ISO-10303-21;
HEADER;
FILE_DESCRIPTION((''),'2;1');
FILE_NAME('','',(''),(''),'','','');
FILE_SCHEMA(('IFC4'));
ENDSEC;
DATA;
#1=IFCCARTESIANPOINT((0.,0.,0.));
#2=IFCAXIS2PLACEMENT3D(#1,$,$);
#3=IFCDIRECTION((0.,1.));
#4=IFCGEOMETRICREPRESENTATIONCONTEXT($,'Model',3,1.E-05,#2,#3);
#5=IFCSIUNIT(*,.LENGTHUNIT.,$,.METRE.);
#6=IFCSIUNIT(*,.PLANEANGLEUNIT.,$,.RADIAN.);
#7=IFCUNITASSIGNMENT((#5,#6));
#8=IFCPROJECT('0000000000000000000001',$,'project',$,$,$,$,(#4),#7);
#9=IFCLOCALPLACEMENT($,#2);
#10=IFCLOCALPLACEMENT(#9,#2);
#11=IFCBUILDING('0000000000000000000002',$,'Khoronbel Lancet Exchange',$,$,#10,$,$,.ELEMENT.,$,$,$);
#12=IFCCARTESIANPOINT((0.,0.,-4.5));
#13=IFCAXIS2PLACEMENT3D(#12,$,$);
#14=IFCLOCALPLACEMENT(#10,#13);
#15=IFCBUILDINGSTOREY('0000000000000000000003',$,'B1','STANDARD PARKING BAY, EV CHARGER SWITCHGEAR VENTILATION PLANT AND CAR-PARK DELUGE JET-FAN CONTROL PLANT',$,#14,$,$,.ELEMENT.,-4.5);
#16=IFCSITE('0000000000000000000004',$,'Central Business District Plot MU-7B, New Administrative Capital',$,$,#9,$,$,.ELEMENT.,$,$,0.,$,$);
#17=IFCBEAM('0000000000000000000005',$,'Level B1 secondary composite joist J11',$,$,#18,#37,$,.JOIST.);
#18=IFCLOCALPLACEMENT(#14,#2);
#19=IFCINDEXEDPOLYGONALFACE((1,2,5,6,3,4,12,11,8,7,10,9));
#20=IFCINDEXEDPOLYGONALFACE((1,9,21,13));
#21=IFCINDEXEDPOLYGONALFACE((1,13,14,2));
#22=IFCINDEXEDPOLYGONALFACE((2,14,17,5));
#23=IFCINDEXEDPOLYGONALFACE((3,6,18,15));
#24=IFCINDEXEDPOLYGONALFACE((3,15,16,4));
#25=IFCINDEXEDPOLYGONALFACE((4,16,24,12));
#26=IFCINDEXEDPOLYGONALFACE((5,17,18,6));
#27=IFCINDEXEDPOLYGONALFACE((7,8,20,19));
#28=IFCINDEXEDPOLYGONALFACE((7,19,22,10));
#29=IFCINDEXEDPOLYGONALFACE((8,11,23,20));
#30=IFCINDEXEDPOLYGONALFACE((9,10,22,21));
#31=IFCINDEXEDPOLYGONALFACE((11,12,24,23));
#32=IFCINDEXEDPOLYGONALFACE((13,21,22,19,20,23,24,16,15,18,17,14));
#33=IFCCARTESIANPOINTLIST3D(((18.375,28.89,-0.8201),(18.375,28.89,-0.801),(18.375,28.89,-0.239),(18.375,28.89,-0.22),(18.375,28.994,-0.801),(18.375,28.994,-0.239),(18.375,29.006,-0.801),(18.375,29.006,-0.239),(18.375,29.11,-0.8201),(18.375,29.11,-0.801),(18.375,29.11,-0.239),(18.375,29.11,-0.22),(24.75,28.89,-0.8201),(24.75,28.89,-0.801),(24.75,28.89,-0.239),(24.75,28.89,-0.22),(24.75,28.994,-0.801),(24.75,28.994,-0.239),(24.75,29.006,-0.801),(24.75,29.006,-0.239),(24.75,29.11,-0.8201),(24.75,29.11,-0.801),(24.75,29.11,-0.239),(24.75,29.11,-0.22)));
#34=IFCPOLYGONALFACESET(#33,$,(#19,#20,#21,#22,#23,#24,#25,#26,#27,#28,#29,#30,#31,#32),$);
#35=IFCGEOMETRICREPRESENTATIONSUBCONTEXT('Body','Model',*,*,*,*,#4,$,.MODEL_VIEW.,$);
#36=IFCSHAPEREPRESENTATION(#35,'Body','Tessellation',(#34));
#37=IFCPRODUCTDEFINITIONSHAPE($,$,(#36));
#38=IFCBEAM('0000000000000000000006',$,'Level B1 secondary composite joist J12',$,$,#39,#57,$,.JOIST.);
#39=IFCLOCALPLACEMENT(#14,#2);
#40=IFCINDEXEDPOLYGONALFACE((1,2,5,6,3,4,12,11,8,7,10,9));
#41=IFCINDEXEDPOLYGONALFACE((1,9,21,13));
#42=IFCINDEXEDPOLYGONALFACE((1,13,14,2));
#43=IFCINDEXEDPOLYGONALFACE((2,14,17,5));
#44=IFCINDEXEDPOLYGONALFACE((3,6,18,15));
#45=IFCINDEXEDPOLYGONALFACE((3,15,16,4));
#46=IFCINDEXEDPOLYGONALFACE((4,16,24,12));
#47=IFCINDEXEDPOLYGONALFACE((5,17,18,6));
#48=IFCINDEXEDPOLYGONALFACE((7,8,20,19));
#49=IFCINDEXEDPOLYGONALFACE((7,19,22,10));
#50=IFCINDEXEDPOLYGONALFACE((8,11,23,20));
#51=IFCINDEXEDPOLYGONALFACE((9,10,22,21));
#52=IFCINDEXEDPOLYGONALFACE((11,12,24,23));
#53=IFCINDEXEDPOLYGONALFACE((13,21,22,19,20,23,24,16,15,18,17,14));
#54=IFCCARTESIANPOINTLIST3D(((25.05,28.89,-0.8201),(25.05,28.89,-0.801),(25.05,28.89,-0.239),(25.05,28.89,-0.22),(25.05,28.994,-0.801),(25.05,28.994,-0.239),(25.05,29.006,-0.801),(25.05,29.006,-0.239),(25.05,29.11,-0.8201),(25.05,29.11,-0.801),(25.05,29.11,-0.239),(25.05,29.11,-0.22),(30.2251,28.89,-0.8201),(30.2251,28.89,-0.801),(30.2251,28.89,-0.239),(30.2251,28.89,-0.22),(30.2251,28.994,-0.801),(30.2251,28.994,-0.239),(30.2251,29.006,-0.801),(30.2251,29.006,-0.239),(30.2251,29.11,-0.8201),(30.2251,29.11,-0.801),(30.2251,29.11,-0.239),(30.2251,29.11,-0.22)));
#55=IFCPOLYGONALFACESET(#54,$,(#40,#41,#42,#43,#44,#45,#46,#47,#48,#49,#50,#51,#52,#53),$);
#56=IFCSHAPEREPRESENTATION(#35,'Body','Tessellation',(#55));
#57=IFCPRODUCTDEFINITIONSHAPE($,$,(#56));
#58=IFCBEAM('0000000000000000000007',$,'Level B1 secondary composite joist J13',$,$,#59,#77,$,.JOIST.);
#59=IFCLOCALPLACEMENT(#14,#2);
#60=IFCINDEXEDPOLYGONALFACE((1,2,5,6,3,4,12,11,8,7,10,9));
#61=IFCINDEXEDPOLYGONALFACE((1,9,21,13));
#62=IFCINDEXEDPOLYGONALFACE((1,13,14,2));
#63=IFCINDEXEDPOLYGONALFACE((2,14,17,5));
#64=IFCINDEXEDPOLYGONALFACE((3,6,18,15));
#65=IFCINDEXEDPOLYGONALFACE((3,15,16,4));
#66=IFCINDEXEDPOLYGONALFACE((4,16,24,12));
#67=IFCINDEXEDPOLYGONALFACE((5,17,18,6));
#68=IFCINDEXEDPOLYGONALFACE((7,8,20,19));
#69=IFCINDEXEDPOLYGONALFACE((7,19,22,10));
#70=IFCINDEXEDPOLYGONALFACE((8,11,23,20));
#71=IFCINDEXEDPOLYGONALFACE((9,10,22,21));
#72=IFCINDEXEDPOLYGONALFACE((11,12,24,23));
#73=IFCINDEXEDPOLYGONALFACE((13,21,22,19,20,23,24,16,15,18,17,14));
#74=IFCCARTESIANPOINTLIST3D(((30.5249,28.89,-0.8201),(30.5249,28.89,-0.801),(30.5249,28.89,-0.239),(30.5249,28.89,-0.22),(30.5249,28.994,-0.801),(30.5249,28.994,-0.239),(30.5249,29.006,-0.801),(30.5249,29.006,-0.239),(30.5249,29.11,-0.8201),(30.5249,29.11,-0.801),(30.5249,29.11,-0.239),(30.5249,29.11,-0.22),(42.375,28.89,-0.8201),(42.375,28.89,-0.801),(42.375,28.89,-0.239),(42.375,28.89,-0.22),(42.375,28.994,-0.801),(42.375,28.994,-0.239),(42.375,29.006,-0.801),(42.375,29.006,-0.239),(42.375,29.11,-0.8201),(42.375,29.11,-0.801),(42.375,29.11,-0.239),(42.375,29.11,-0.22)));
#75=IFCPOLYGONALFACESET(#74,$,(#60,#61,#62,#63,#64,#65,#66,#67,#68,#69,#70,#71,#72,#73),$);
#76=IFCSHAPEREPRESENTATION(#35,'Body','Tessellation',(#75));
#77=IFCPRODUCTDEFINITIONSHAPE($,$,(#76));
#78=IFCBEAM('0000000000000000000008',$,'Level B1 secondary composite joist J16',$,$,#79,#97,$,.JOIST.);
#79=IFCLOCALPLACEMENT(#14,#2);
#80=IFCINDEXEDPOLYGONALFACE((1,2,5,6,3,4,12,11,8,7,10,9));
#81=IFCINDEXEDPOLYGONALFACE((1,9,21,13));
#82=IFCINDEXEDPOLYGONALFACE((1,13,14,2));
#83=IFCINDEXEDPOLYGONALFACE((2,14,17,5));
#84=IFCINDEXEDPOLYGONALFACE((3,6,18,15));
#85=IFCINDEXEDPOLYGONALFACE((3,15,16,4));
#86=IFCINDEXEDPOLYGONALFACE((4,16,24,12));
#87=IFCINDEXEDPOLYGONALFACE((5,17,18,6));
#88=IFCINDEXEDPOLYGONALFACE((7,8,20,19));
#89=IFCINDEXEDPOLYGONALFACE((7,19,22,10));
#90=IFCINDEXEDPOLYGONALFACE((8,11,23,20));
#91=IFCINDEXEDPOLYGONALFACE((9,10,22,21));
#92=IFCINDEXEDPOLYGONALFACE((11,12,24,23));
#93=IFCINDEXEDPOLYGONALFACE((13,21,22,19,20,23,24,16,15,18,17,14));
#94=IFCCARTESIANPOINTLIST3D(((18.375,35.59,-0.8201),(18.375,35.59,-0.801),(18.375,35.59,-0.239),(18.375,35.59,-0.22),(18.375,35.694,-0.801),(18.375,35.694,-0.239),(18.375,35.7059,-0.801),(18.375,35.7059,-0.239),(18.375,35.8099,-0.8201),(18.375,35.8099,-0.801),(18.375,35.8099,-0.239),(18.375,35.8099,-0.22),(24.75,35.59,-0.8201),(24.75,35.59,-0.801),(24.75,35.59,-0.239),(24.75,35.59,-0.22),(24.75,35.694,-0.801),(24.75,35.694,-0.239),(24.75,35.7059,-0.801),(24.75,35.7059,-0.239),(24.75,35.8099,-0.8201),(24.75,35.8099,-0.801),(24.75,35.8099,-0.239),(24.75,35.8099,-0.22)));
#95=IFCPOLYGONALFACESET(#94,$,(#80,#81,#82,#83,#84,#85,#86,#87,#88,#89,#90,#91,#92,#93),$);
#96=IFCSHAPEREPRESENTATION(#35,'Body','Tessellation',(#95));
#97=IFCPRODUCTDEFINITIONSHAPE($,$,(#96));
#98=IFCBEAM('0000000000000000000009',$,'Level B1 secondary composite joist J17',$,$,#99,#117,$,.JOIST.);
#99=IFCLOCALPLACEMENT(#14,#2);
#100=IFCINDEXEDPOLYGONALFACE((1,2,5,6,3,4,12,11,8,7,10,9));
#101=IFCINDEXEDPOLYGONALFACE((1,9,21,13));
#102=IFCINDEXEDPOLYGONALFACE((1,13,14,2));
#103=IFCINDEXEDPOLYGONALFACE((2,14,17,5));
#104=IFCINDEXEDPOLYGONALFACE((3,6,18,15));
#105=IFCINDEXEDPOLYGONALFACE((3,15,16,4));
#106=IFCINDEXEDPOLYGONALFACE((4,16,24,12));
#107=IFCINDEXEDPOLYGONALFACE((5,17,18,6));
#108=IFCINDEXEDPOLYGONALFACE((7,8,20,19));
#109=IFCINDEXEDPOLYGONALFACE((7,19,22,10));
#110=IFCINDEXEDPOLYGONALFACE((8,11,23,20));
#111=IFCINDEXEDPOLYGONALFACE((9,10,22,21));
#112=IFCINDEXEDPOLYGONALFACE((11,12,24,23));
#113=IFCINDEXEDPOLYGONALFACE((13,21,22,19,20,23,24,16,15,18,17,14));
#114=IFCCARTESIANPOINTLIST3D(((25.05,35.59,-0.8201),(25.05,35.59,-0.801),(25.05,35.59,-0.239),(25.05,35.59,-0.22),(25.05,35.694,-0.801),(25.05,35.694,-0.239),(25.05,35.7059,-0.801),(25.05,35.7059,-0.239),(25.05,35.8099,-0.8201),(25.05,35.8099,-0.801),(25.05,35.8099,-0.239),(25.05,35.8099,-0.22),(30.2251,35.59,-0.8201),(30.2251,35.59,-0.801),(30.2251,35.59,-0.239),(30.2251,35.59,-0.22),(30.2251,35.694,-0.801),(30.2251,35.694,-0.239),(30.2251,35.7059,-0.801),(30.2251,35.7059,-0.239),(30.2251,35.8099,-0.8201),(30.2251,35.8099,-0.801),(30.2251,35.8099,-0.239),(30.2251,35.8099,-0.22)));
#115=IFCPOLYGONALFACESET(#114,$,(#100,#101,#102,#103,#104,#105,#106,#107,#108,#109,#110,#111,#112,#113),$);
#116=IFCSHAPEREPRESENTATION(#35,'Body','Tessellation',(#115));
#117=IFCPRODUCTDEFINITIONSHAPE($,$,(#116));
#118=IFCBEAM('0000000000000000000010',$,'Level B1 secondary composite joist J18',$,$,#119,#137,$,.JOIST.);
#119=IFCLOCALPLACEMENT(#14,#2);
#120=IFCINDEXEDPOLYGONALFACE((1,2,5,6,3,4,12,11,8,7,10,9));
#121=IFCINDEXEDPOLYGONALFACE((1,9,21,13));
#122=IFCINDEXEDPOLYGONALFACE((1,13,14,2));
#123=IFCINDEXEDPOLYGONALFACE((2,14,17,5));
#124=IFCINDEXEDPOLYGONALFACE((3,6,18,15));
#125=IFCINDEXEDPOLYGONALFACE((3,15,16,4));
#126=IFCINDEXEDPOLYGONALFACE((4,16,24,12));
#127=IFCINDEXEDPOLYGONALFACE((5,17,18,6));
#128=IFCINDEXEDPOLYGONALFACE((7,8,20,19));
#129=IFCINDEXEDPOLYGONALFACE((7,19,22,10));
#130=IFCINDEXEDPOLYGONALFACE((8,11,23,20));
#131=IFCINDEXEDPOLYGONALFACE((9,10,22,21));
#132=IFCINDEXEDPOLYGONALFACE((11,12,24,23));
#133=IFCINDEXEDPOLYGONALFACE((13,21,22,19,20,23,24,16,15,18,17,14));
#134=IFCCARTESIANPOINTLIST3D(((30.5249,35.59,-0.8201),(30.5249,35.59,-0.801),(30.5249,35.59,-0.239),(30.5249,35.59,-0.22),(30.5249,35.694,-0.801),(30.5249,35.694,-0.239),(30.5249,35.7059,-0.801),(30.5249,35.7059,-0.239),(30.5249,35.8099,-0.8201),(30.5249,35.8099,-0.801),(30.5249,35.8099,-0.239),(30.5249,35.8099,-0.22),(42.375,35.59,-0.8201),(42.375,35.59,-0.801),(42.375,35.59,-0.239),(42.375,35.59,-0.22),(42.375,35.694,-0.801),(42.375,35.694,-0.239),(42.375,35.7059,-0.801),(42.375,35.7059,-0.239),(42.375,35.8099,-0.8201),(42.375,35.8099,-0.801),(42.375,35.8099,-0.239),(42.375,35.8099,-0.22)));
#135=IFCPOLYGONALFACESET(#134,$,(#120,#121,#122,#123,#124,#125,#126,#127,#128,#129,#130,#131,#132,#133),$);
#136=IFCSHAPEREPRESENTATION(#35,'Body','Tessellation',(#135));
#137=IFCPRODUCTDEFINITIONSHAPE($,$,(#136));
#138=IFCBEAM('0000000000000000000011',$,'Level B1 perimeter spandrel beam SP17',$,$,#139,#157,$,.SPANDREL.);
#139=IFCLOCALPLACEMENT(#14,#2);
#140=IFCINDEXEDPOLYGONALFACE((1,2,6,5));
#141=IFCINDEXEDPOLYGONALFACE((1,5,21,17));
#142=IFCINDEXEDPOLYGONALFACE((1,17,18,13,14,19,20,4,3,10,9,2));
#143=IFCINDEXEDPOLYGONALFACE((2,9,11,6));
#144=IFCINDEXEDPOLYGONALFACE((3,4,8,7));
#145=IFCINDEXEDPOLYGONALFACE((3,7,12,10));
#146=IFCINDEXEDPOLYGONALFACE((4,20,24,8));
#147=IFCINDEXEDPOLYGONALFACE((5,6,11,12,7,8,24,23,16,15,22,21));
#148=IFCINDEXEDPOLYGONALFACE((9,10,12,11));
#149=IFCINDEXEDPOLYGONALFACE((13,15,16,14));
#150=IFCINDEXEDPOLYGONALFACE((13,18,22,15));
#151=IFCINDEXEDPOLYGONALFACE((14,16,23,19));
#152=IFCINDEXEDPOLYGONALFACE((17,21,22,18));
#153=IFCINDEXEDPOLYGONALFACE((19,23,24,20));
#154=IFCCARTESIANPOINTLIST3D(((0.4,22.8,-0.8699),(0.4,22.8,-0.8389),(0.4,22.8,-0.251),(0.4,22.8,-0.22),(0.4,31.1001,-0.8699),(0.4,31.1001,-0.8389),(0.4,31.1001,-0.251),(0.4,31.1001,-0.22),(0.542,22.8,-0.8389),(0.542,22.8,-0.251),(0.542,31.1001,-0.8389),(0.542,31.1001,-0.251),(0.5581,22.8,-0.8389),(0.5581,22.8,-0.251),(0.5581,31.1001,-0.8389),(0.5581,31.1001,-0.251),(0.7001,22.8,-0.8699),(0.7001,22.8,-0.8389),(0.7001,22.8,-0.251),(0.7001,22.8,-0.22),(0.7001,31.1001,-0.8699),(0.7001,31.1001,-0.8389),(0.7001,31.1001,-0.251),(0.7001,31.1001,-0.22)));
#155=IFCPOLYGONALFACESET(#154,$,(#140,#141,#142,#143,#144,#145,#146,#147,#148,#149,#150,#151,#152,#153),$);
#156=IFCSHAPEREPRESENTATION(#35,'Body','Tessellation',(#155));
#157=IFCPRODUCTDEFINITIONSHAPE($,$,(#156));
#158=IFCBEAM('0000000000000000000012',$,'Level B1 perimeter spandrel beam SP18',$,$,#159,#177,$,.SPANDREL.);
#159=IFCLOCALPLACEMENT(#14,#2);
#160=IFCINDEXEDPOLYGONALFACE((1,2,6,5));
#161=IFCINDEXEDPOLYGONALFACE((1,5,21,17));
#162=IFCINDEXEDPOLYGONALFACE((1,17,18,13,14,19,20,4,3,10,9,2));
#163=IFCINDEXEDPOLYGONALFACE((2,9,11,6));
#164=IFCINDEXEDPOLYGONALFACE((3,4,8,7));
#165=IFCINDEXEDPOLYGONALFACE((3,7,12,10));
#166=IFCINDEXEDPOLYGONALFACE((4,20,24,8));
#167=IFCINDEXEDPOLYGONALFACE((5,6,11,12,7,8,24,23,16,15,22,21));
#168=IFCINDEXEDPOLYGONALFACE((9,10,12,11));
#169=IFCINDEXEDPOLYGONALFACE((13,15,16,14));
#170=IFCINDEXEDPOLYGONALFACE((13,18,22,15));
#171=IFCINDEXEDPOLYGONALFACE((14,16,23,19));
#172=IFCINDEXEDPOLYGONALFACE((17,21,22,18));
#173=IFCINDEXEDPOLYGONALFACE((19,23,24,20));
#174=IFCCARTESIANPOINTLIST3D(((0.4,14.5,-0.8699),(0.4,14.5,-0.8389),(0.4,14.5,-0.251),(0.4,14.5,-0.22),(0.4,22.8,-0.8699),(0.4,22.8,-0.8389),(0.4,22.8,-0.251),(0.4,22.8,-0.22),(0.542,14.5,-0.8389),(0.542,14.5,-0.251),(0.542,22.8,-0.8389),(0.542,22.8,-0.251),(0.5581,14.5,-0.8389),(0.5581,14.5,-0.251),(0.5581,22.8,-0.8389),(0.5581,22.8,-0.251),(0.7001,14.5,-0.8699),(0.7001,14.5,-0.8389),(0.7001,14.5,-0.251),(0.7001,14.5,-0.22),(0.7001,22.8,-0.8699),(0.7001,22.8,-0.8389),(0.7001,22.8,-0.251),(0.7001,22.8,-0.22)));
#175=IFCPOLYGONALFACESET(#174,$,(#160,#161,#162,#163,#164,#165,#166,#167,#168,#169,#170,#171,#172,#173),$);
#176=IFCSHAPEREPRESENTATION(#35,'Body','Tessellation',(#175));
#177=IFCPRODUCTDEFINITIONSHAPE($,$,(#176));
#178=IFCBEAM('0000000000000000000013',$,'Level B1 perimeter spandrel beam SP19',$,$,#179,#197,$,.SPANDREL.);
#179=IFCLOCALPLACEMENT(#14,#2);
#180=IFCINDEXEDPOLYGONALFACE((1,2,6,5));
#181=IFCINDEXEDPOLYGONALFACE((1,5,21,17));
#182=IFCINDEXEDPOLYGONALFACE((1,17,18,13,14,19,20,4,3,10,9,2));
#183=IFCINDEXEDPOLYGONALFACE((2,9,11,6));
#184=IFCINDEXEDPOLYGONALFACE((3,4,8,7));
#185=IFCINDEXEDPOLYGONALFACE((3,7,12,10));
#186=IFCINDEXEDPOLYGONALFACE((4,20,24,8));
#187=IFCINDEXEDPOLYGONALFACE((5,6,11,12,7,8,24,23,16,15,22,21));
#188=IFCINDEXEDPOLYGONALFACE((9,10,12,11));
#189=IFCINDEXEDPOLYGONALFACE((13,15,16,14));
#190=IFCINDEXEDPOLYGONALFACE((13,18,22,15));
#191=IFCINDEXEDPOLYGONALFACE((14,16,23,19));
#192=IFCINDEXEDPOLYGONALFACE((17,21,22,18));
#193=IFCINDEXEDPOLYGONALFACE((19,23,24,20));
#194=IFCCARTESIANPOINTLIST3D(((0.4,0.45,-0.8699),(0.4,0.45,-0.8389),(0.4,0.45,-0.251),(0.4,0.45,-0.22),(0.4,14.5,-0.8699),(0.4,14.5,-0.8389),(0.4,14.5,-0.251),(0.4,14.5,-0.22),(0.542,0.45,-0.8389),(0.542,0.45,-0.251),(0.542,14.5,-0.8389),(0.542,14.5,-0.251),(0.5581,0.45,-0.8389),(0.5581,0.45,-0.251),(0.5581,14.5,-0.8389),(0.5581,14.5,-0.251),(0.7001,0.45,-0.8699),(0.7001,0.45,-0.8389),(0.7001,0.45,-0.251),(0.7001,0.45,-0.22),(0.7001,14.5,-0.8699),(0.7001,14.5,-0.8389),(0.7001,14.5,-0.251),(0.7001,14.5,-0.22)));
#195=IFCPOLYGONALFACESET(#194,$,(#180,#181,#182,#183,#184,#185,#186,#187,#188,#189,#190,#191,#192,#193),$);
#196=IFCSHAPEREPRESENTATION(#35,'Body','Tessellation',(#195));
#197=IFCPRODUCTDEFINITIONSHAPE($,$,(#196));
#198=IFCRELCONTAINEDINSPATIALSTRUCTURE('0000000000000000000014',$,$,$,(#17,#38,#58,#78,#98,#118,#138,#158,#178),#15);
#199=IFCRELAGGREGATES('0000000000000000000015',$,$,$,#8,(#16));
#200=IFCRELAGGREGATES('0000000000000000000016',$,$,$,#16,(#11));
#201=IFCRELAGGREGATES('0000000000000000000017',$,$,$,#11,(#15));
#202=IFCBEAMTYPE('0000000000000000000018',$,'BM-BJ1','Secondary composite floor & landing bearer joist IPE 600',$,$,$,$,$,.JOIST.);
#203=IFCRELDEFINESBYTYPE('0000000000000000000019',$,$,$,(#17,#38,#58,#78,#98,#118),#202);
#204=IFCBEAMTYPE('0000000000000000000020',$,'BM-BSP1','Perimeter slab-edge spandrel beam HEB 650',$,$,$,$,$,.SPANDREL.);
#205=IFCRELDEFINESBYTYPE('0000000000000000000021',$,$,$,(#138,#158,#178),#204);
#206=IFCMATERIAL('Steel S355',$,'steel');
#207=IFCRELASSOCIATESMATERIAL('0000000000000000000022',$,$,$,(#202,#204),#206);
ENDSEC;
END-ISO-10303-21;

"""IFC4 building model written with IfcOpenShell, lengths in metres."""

from ifc_helpers import new_model, si_unit, direction, frame, origin, origin_2d, place, context, subcontext, project, spatial, i_section, extrude, material, material_profile, profile_set, type_object, element, save


model = new_model("IFC4")

# Units and contexts
model_context = context("Model", 3, precision=1e-05, world=origin(), true_north=direction((0.0, 1.0)))
body_context = subcontext(model_context, "Body", "Model", "MODEL_VIEW")
ifc_project = project(units=[si_unit("LENGTHUNIT", "METRE"), si_unit("PLANEANGLEUNIT", "RADIAN")], contexts=[model_context])

# Site, building, storey
site_placement = place(None, origin())
site = spatial("IfcSite", under=ifc_project, at=site_placement, Name="Central Business District Plot MU-7B, New Administrative Capital", CompositionType="ELEMENT", RefElevation=0.0)
building_placement = place(site_placement, origin())
building = spatial("IfcBuilding", under=site, at=building_placement, Name="Khoronbel Lancet Exchange", CompositionType="ELEMENT")
storey_placement = place(building_placement, frame((0.0, 0.0, -4.5)))
storey = spatial("IfcBuildingStorey", under=building, at=storey_placement, Name="B1", Description="STANDARD PARKING BAY, EV CHARGER SWITCHGEAR VENTILATION PLANT AND CAR-PARK DELUGE JET-FAN CONTROL PLANT", CompositionType="ELEMENT", Elevation=-4.5)

# Shared definitions
ifc_material_1 = material(Name="Steel S355", Category="steel")

# Beams
ifc_material_profile_1 = material_profile(ifc_material_1, i_section(OverallWidth=0.22, OverallDepth=0.6001, WebThickness=0.012, FlangeThickness=0.019, at=origin_2d()), Name="IPE 600")
ifc_profile_set_1 = profile_set([ifc_material_profile_1], Name="Steel S355")
beam_type_1 = type_object("IfcBeamType", Name="BM-BJ1", Description="Secondary composite floor & landing bearer joist IPE 600", PredefinedType="JOIST", material=ifc_profile_set_1)
beam_1_placement = place(storey_placement, frame((18.375, 29.0, -0.52), z_axis=(1.0, 0.0, 0.0), x_axis=(0.0, 1.0, 0.0)))
element("IfcBeam", 1, at=beam_1_placement, inside=storey, type_object=beam_type_1, Name="Level B1 secondary composite joist J11", PredefinedType="JOIST", context=body_context, shape_type="SweptSolid", body=[
    extrude(i_section(OverallWidth=0.22, OverallDepth=0.6001, WebThickness=0.012, FlangeThickness=0.019, at=origin_2d()), origin(), (0.0, 0.0, 1.0), 6.375),
])
beam_2_placement = place(storey_placement, frame((25.05, 29.0, -0.52), z_axis=(1.0, 0.0, 0.0), x_axis=(0.0, 1.0, 0.0)))
element("IfcBeam", 2, at=beam_2_placement, inside=storey, type_object=beam_type_1, Name="Level B1 secondary composite joist J12", PredefinedType="JOIST", context=body_context, shape_type="SweptSolid", body=[
    extrude(i_section(OverallWidth=0.22, OverallDepth=0.6001, WebThickness=0.012, FlangeThickness=0.019, at=origin_2d()), origin(), (0.0, 0.0, 1.0), 5.175),
])
beam_3_placement = place(storey_placement, frame((30.5249, 29.0, -0.52), z_axis=(1.0, 0.0, 0.0), x_axis=(0.0, 1.0, 0.0)))
element("IfcBeam", 3, at=beam_3_placement, inside=storey, type_object=beam_type_1, Name="Level B1 secondary composite joist J13", PredefinedType="JOIST", context=body_context, shape_type="SweptSolid", body=[
    extrude(i_section(OverallWidth=0.22, OverallDepth=0.6001, WebThickness=0.012, FlangeThickness=0.019, at=origin_2d()), origin(), (0.0, 0.0, 1.0), 11.8501),
])
beam_4_placement = place(storey_placement, frame((18.375, 35.7, -0.52), z_axis=(1.0, 0.0, 0.0), x_axis=(0.0, 1.0, 0.0)))
element("IfcBeam", 4, at=beam_4_placement, inside=storey, type_object=beam_type_1, Name="Level B1 secondary composite joist J16", PredefinedType="JOIST", context=body_context, shape_type="SweptSolid", body=[
    extrude(i_section(OverallWidth=0.22, OverallDepth=0.6001, WebThickness=0.012, FlangeThickness=0.019, at=origin_2d()), origin(), (0.0, 0.0, 1.0), 6.375),
])
beam_5_placement = place(storey_placement, frame((25.05, 35.7, -0.52), z_axis=(1.0, 0.0, 0.0), x_axis=(0.0, 1.0, 0.0)))
element("IfcBeam", 5, at=beam_5_placement, inside=storey, type_object=beam_type_1, Name="Level B1 secondary composite joist J17", PredefinedType="JOIST", context=body_context, shape_type="SweptSolid", body=[
    extrude(i_section(OverallWidth=0.22, OverallDepth=0.6001, WebThickness=0.012, FlangeThickness=0.019, at=origin_2d()), origin(), (0.0, 0.0, 1.0), 5.175),
])
beam_6_placement = place(storey_placement, frame((30.5249, 35.7, -0.52), z_axis=(1.0, 0.0, 0.0), x_axis=(0.0, 1.0, 0.0)))
element("IfcBeam", 6, at=beam_6_placement, inside=storey, type_object=beam_type_1, Name="Level B1 secondary composite joist J18", PredefinedType="JOIST", context=body_context, shape_type="SweptSolid", body=[
    extrude(i_section(OverallWidth=0.22, OverallDepth=0.6001, WebThickness=0.012, FlangeThickness=0.019, at=origin_2d()), origin(), (0.0, 0.0, 1.0), 11.8501),
])
ifc_material_profile_2 = material_profile(ifc_material_1, i_section(OverallWidth=0.3, OverallDepth=0.6499, WebThickness=0.0161, FlangeThickness=0.031, at=origin_2d()), Name="HEB 650")
ifc_profile_set_2 = profile_set([ifc_material_profile_2], Name="Steel S355")
beam_type_2 = type_object("IfcBeamType", Name="BM-BSP1", Description="Perimeter slab-edge spandrel beam HEB 650", PredefinedType="SPANDREL", material=ifc_profile_set_2)
for number, where, z_axis, x_axis, name in (
    (7, (0.55, 31.1001, -0.5449), (0.0, -1.0, 0.0), (1.0, 0.0, 0.0), "Level B1 perimeter spandrel beam SP17"),
    (8, (0.55, 22.8, -0.5449), (0.0, -1.0, 0.0), (1.0, 0.0, 0.0), "Level B1 perimeter spandrel beam SP18"),
):
    element("IfcBeam", number, at=place(storey_placement, frame(where, z_axis=z_axis, x_axis=x_axis)), inside=storey, type_object=beam_type_2, Name=name, PredefinedType="SPANDREL", context=body_context, shape_type="SweptSolid", body=[
        extrude(i_section(OverallWidth=0.3, OverallDepth=0.6499, WebThickness=0.0161, FlangeThickness=0.031, at=origin_2d()), origin(), (0.0, 0.0, 1.0), 8.3),
    ])
beam_7_placement = place(storey_placement, frame((0.55, 14.5, -0.5449), z_axis=(0.0, -1.0, 0.0), x_axis=(1.0, 0.0, 0.0)))
element("IfcBeam", 9, at=beam_7_placement, inside=storey, type_object=beam_type_2, Name="Level B1 perimeter spandrel beam SP19", PredefinedType="SPANDREL", context=body_context, shape_type="SweptSolid", body=[
    extrude(i_section(OverallWidth=0.3, OverallDepth=0.6499, WebThickness=0.0161, FlangeThickness=0.031, at=origin_2d()), origin(), (0.0, 0.0, 1.0), 14.05),
])

save(model, "model.ifc")
